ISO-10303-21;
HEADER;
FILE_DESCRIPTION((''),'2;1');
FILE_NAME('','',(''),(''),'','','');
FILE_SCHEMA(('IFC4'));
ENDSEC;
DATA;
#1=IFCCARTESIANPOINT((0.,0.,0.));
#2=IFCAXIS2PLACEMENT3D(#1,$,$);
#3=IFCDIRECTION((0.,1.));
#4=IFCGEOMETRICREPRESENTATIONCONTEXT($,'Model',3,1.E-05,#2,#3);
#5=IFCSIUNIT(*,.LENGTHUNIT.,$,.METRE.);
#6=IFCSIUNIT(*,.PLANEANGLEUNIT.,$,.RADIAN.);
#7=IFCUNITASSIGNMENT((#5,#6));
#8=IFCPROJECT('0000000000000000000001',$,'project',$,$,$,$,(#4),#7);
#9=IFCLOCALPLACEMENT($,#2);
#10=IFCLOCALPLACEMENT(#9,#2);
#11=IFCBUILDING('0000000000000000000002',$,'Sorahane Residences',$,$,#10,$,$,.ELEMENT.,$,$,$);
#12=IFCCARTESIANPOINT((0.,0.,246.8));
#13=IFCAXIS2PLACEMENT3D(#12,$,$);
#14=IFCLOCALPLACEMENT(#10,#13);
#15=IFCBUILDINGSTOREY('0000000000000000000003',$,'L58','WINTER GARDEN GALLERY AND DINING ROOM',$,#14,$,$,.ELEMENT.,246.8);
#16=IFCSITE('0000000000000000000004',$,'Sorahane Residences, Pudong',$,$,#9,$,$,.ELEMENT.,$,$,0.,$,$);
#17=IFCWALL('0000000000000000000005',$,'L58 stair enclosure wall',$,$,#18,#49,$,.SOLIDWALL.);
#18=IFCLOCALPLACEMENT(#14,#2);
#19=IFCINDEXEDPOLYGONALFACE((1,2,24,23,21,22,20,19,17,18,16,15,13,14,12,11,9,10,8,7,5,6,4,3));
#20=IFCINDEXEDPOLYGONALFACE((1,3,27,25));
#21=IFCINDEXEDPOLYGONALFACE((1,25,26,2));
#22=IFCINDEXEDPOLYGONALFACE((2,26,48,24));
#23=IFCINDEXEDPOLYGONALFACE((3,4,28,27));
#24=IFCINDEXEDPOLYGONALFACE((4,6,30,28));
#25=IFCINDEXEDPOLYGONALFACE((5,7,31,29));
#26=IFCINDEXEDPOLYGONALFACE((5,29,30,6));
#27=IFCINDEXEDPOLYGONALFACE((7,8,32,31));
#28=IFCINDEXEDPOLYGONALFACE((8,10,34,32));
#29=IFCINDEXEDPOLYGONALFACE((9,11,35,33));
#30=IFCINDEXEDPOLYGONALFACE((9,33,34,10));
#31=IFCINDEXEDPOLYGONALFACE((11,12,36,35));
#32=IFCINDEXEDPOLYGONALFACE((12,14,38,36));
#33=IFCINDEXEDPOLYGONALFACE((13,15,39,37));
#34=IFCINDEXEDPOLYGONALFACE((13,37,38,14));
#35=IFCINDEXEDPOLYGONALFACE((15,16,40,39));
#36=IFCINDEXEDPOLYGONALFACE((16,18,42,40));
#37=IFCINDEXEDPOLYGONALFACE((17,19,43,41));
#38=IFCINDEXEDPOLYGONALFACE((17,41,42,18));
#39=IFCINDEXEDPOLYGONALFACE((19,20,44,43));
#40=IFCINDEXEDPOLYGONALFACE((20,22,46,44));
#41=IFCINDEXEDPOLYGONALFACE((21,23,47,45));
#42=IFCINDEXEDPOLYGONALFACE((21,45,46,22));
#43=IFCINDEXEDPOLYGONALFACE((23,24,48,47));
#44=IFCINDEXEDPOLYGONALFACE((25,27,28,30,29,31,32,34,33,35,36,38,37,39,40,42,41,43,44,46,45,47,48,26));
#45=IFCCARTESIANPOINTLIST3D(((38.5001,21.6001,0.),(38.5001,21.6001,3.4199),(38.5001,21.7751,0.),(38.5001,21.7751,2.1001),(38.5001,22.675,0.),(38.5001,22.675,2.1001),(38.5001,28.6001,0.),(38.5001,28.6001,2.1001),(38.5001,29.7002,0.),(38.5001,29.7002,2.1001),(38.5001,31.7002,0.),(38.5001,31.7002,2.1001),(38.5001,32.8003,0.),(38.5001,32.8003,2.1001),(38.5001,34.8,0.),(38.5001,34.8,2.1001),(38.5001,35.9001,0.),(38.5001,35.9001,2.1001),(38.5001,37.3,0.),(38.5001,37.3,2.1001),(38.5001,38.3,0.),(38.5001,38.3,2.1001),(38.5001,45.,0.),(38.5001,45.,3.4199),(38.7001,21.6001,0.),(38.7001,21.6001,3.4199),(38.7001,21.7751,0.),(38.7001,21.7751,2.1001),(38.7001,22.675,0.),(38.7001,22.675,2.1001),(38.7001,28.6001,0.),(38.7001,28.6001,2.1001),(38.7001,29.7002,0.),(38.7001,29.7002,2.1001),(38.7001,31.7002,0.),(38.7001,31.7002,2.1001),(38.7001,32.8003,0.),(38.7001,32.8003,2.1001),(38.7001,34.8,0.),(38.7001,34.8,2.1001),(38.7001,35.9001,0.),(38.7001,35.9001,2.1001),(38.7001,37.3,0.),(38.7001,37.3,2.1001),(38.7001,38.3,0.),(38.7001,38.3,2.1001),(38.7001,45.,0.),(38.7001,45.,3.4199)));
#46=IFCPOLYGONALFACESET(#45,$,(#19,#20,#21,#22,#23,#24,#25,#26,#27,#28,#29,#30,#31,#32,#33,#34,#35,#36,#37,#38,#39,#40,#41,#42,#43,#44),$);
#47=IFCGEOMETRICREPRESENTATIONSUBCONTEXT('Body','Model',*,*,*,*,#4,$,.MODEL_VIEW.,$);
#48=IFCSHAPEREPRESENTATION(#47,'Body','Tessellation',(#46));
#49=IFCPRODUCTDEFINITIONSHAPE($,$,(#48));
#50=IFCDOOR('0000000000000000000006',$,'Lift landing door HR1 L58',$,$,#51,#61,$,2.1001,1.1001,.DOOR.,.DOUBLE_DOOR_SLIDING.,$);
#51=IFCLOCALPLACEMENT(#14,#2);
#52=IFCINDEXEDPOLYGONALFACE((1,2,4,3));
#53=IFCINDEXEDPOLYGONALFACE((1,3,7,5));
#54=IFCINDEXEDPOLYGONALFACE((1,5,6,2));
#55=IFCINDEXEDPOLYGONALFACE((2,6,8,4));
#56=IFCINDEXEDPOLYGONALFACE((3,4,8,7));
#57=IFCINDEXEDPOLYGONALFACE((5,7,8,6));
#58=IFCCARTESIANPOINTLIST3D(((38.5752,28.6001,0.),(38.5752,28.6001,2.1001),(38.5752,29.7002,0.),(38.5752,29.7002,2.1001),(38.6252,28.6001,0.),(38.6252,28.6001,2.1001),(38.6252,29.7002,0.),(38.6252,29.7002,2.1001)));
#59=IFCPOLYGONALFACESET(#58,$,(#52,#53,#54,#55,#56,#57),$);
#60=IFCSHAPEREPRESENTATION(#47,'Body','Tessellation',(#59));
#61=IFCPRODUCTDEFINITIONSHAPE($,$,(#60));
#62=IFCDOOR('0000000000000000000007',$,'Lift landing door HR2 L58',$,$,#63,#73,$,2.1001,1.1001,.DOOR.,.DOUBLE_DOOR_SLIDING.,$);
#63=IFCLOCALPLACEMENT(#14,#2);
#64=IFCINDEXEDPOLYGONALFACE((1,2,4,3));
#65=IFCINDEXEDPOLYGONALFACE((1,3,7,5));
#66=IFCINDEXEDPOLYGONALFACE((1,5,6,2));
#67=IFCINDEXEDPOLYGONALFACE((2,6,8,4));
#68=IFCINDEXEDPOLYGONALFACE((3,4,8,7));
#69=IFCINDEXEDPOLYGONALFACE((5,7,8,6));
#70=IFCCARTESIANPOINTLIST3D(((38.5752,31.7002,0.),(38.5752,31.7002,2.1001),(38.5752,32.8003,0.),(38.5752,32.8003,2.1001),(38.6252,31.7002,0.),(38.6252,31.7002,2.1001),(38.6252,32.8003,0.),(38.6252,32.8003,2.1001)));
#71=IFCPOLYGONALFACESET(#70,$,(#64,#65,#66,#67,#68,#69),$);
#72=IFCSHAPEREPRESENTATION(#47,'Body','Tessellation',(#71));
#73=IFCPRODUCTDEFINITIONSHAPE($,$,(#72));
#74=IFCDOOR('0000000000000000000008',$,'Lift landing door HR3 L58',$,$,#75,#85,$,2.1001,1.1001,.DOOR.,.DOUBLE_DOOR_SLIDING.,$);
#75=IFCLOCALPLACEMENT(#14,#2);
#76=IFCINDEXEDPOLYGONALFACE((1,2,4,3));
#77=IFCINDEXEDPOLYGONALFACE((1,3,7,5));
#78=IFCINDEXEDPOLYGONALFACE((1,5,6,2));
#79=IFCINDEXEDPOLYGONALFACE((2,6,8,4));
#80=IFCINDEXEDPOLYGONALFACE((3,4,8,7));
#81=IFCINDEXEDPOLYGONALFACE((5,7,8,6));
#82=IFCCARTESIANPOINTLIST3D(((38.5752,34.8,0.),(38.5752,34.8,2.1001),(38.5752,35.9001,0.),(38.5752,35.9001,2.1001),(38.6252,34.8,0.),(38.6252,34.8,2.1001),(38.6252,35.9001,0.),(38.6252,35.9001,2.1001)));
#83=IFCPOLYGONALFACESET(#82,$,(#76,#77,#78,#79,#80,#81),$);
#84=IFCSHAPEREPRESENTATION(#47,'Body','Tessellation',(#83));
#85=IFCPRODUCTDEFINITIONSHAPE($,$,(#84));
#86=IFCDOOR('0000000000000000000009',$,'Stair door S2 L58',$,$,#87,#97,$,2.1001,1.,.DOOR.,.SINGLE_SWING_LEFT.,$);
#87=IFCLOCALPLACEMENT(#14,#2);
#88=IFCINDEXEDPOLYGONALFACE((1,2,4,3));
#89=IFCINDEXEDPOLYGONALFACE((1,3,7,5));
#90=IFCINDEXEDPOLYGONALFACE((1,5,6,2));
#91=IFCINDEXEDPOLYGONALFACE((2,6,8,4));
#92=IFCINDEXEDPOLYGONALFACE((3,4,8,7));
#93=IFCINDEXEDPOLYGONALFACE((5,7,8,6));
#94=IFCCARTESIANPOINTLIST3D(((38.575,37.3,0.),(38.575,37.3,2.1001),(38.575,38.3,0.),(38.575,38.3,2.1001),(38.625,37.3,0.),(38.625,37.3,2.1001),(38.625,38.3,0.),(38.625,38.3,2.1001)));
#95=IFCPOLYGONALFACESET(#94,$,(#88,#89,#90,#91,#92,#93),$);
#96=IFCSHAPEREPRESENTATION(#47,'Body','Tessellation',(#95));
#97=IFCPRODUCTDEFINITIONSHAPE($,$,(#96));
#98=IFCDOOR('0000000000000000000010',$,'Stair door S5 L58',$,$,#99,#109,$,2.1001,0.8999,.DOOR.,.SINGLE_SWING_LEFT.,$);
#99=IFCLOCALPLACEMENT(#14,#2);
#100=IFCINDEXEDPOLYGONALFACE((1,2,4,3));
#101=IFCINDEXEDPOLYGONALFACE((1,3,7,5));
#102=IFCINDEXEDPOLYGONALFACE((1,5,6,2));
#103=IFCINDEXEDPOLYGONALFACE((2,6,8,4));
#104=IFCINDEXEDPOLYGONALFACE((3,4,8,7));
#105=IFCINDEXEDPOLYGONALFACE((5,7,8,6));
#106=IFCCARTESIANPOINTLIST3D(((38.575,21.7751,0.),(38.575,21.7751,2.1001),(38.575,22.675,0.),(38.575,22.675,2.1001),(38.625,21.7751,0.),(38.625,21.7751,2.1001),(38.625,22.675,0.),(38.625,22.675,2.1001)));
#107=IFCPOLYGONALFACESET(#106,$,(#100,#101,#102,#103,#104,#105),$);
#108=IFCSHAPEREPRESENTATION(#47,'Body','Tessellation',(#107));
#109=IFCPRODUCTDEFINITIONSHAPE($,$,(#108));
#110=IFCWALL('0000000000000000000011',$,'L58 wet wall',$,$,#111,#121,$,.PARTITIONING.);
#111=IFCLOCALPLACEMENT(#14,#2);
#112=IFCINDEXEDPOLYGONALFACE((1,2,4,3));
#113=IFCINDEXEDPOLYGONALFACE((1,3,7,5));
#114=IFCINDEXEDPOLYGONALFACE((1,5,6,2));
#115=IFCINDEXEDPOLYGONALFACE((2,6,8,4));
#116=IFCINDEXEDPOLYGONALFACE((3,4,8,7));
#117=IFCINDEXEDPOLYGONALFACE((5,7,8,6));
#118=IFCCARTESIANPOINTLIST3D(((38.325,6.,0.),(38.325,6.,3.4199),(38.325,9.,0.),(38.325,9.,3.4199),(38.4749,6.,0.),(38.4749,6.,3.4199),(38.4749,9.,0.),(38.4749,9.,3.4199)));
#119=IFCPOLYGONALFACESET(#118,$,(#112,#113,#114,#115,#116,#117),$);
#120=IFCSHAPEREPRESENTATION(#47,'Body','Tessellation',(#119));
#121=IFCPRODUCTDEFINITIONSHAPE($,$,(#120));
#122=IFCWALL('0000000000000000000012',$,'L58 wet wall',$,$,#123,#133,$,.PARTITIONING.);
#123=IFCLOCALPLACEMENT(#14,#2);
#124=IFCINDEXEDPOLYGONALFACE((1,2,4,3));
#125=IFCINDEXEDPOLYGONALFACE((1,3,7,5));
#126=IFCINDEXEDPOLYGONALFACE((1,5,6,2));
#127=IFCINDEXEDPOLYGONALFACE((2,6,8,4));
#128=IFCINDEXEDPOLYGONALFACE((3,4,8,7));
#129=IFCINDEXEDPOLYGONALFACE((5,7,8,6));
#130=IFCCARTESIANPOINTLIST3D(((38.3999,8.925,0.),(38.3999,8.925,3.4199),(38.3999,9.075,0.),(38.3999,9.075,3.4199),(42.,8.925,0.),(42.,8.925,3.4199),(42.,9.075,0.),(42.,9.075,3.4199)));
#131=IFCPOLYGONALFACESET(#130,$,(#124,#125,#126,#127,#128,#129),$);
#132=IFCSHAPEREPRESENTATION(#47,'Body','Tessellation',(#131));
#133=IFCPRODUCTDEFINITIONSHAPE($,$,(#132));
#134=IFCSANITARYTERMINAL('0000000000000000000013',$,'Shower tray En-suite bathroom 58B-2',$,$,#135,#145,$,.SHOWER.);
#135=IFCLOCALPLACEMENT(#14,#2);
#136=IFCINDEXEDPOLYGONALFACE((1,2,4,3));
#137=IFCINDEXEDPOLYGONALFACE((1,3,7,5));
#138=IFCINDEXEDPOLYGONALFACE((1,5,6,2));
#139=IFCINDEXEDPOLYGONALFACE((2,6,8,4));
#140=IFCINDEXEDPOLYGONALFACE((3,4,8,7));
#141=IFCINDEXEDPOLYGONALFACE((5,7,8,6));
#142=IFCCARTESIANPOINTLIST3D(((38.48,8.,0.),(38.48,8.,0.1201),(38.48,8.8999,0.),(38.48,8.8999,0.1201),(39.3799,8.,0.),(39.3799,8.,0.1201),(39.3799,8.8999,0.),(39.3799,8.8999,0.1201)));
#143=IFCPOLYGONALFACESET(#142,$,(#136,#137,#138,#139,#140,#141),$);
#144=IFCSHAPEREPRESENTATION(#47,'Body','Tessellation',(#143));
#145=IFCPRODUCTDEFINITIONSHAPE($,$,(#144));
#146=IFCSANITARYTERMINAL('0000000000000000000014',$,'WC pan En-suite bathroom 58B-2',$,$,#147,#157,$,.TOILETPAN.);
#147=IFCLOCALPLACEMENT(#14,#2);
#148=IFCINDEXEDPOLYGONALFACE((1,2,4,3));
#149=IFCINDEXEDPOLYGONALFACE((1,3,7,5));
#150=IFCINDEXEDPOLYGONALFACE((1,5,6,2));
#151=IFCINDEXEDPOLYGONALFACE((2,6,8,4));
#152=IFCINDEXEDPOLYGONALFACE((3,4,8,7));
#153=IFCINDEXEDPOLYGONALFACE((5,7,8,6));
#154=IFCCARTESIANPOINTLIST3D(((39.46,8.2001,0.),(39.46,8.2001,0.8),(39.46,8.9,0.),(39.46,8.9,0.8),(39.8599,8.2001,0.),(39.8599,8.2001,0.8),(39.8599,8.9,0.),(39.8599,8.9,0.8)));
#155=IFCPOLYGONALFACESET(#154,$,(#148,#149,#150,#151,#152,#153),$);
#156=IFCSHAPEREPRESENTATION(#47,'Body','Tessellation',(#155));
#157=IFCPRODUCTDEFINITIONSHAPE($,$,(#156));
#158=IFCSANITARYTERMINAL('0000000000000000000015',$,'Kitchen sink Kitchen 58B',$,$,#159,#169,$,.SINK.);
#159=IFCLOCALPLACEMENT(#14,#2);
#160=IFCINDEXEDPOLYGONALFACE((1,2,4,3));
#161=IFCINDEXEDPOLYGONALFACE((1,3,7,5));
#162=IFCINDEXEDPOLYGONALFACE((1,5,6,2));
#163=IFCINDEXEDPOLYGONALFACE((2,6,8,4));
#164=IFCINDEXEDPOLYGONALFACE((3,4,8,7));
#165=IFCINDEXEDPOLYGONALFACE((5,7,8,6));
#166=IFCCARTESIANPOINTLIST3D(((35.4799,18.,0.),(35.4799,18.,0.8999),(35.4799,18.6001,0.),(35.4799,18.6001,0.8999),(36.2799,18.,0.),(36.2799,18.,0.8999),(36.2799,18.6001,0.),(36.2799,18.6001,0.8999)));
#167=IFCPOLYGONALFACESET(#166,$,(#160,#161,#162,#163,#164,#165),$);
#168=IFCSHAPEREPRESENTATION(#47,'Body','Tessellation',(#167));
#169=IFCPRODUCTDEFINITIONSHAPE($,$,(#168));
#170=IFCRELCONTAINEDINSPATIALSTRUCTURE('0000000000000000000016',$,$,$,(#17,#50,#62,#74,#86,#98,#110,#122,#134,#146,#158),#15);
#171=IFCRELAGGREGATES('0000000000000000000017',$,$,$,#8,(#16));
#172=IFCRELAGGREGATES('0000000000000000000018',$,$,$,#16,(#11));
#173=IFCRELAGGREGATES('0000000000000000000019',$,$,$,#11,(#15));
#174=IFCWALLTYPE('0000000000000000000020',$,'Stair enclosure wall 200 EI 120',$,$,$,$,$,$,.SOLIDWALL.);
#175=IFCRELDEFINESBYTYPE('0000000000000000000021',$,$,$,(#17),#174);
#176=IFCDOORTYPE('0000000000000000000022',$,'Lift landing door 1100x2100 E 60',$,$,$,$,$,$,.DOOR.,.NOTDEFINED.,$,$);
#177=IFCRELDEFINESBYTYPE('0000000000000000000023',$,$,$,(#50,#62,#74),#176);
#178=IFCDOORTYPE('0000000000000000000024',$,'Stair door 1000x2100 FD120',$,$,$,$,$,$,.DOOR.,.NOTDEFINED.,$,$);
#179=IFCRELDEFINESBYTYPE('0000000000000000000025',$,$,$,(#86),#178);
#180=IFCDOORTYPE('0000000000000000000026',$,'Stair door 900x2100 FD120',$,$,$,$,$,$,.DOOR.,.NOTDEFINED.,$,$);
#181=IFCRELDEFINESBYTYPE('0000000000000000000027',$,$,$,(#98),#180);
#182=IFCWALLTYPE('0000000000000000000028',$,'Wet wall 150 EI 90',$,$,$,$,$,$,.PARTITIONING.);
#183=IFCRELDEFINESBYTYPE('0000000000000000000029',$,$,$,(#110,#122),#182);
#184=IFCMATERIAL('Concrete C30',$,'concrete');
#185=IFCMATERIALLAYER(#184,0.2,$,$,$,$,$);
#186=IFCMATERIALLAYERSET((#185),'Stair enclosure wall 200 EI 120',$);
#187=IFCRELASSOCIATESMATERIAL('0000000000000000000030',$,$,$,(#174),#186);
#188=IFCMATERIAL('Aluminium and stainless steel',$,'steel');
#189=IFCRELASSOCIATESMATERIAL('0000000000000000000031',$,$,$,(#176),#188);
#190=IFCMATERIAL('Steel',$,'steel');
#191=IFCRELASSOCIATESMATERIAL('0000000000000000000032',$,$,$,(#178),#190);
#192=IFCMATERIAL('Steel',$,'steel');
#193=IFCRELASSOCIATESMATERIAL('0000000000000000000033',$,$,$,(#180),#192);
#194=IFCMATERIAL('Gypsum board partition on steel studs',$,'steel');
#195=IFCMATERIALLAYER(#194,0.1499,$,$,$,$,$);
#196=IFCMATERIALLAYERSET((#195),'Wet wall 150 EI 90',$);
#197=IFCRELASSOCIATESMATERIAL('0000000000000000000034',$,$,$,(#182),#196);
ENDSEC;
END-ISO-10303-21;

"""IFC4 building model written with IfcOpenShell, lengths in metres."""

from ifc_helpers import new_model, si_unit, direction, frame, frame_2d, origin, origin_2d, place, context, subcontext, project, spatial, rectangle, extrude, material, layer, layer_set, type_object, element, fill, save


model = new_model("IFC4")

# Units and contexts
model_context = context("Model", 3, precision=1e-05, world=origin(), true_north=direction((0.0, 1.0)))
body_context = subcontext(model_context, "Body", "Model", "MODEL_VIEW")
ifc_project = project(units=[si_unit("LENGTHUNIT", "METRE"), si_unit("PLANEANGLEUNIT", "RADIAN")], contexts=[model_context])

# Site, building, storey
site_placement = place(None, origin())
site = spatial("IfcSite", under=ifc_project, at=site_placement, Name="Sorahane Residences, Pudong", CompositionType="ELEMENT", RefElevation=0.0)
building_placement = place(site_placement, origin())
building = spatial("IfcBuilding", under=site, at=building_placement, Name="Sorahane Residences", CompositionType="ELEMENT")
storey_placement = place(building_placement, frame((0.0, 0.0, 246.8)))
storey = spatial("IfcBuildingStorey", under=building, at=storey_placement, Name="L58", Description="WINTER GARDEN GALLERY AND DINING ROOM", CompositionType="ELEMENT", Elevation=246.8)

# Wall, openings, doors
ifc_material_1 = material(Name="Concrete C30", Category="concrete")
ifc_layer_1 = layer(ifc_material_1, 0.2)
ifc_layer_set_1 = layer_set([ifc_layer_1], Name="Stair enclosure wall 200 EI 120")
wall_type_1 = type_object("IfcWallType", Name="Stair enclosure wall 200 EI 120", PredefinedType="SOLIDWALL", material=ifc_layer_set_1)
wall_1_placement = place(storey_placement, frame((38.6001, 21.6001, 0.0), z_axis=(0.0, 0.0, 1.0), x_axis=(0.0, 1.0, 0.0)))
wall_1 = element("IfcWall", 1, at=wall_1_placement, inside=storey, type_object=wall_type_1, Name="L58 stair enclosure wall", PredefinedType="SOLIDWALL", context=body_context, shape_type="SweptSolid", body=[
    extrude(rectangle(XDim=23.3999, YDim=0.2, at=frame_2d((11.7, 0.0))), origin(), (0.0, 0.0, 1.0), 3.4199),
])
opening_1_placement = place(wall_1_placement, frame((7.0, 0.0, 0.0)))
opening_1 = element("IfcOpeningElement", 2, at=opening_1_placement, cuts=wall_1, PredefinedType="OPENING", context=body_context, shape_type="SweptSolid", body=[
    extrude(rectangle(XDim=1.1001, YDim=2.1001, at=frame_2d((0.55, 1.05))), frame((0.0, 0.1099, 0.0), z_axis=(0.0, -1.0, 0.0), x_axis=(1.0, 0.0, 0.0)), (0.0, 0.0, 1.0), 0.22),
])
opening_2_placement = place(wall_1_placement, frame((10.1001, 0.0, 0.0)))
opening_2 = element("IfcOpeningElement", 3, at=opening_2_placement, cuts=wall_1, PredefinedType="OPENING", context=body_context, shape_type="SweptSolid", body=[
    extrude(rectangle(XDim=1.1001, YDim=2.1001, at=frame_2d((0.55, 1.05))), frame((0.0, 0.1099, 0.0), z_axis=(0.0, -1.0, 0.0), x_axis=(1.0, 0.0, 0.0)), (0.0, 0.0, 1.0), 0.22),
])
opening_3_placement = place(wall_1_placement, frame((13.2, 0.0, 0.0)))
opening_3 = element("IfcOpeningElement", 4, at=opening_3_placement, cuts=wall_1, PredefinedType="OPENING", context=body_context, shape_type="SweptSolid", body=[
    extrude(rectangle(XDim=1.1001, YDim=2.1001, at=frame_2d((0.55, 1.05))), frame((0.0, 0.1099, 0.0), z_axis=(0.0, -1.0, 0.0), x_axis=(1.0, 0.0, 0.0)), (0.0, 0.0, 1.0), 0.22),
])
opening_4_placement = place(wall_1_placement, frame((15.7, 0.0, 0.0)))
opening_4 = element("IfcOpeningElement", 5, at=opening_4_placement, cuts=wall_1, PredefinedType="OPENING", context=body_context, shape_type="SweptSolid", body=[
    extrude(rectangle(XDim=1.0, YDim=2.1001, at=frame_2d((0.5, 1.05))), frame((0.0, 0.1099, 0.0), z_axis=(0.0, -1.0, 0.0), x_axis=(1.0, 0.0, 0.0)), (0.0, 0.0, 1.0), 0.22),
])
opening_5_placement = place(wall_1_placement, frame((0.175, 0.0, 0.0)))
opening_5 = element("IfcOpeningElement", 6, at=opening_5_placement, cuts=wall_1, PredefinedType="OPENING", context=body_context, shape_type="SweptSolid", body=[
    extrude(rectangle(XDim=0.8999, YDim=2.1001, at=frame_2d((0.45, 1.05))), frame((0.0, 0.1099, 0.0), z_axis=(0.0, -1.0, 0.0), x_axis=(1.0, 0.0, 0.0)), (0.0, 0.0, 1.0), 0.22),
])
ifc_material_2 = material(Name="Aluminium and stainless steel", Category="steel")
door_type_1 = type_object("IfcDoorType", Name="Lift landing door 1100x2100 E 60", OperationType="NOTDEFINED", PredefinedType="DOOR", material=ifc_material_2)
door_1_placement = place(opening_1_placement, origin())
door_1 = element("IfcDoor", 7, at=door_1_placement, inside=storey, type_object=door_type_1, Name="Lift landing door HR1 L58", OperationType="DOUBLE_DOOR_SLIDING", OverallHeight=2.1001, OverallWidth=1.1001, PredefinedType="DOOR", context=body_context, shape_type="SweptSolid", body=[
    extrude(rectangle(XDim=1.1001, YDim=2.1001, at=frame_2d((0.55, 1.05))), frame((0.0, 0.0249, 0.0), z_axis=(0.0, -1.0, 0.0), x_axis=(1.0, 0.0, 0.0)), (0.0, 0.0, 1.0), 0.05),
])
fill(opening_1, door_1)
door_2_placement = place(opening_2_placement, origin())
door_2 = element("IfcDoor", 8, at=door_2_placement, inside=storey, type_object=door_type_1, Name="Lift landing door HR2 L58", OperationType="DOUBLE_DOOR_SLIDING", OverallHeight=2.1001, OverallWidth=1.1001, PredefinedType="DOOR", context=body_context, shape_type="SweptSolid", body=[
    extrude(rectangle(XDim=1.1001, YDim=2.1001, at=frame_2d((0.55, 1.05))), frame((0.0, 0.0249, 0.0), z_axis=(0.0, -1.0, 0.0), x_axis=(1.0, 0.0, 0.0)), (0.0, 0.0, 1.0), 0.05),
])
fill(opening_2, door_2)
door_3_placement = place(opening_3_placement, origin())
door_3 = element("IfcDoor", 9, at=door_3_placement, inside=storey, type_object=door_type_1, Name="Lift landing door HR3 L58", OperationType="DOUBLE_DOOR_SLIDING", OverallHeight=2.1001, OverallWidth=1.1001, PredefinedType="DOOR", context=body_context, shape_type="SweptSolid", body=[
    extrude(rectangle(XDim=1.1001, YDim=2.1001, at=frame_2d((0.55, 1.05))), frame((0.0, 0.0249, 0.0), z_axis=(0.0, -1.0, 0.0), x_axis=(1.0, 0.0, 0.0)), (0.0, 0.0, 1.0), 0.05),
])
fill(opening_3, door_3)
ifc_material_3 = material(Name="Steel", Category="steel")
door_type_2 = type_object("IfcDoorType", Name="Stair door 1000x2100 FD120", OperationType="NOTDEFINED", PredefinedType="DOOR", material=ifc_material_3)
door_4_placement = place(opening_4_placement, frame((1.0, 0.0, 0.0), z_axis=(0.0, 0.0, 1.0), x_axis=(-1.0, 0.0, 0.0)))
door_4 = element("IfcDoor", 10, at=door_4_placement, inside=storey, type_object=door_type_2, Name="Stair door S2 L58", OperationType="SINGLE_SWING_LEFT", OverallHeight=2.1001, OverallWidth=1.0, PredefinedType="DOOR", context=body_context, shape_type="SweptSolid", body=[
    extrude(rectangle(XDim=1.0, YDim=2.1001, at=frame_2d((0.5, 1.05))), frame((0.0, 0.0249, 0.0), z_axis=(0.0, -1.0, 0.0), x_axis=(1.0, 0.0, 0.0)), (0.0, 0.0, 1.0), 0.05),
])
fill(opening_4, door_4)
ifc_material_4 = material(Name="Steel", Category="steel")
door_type_3 = type_object("IfcDoorType", Name="Stair door 900x2100 FD120", OperationType="NOTDEFINED", PredefinedType="DOOR", material=ifc_material_4)
door_5_placement = place(opening_5_placement, frame((0.8999, 0.0, 0.0), z_axis=(0.0, 0.0, 1.0), x_axis=(-1.0, 0.0, 0.0)))
door_5 = element("IfcDoor", 11, at=door_5_placement, inside=storey, type_object=door_type_3, Name="Stair door S5 L58", OperationType="SINGLE_SWING_LEFT", OverallHeight=2.1001, OverallWidth=0.8999, PredefinedType="DOOR", context=body_context, shape_type="SweptSolid", body=[
    extrude(rectangle(XDim=0.8999, YDim=2.1001, at=frame_2d((0.45, 1.05))), frame((0.0, 0.0249, 0.0), z_axis=(0.0, -1.0, 0.0), x_axis=(1.0, 0.0, 0.0)), (0.0, 0.0, 1.0), 0.05),
])
fill(opening_5, door_5)

# Wall
ifc_material_5 = material(Name="Gypsum board partition on steel studs", Category="steel")
ifc_layer_2 = layer(ifc_material_5, 0.1499)
ifc_layer_set_2 = layer_set([ifc_layer_2], Name="Wet wall 150 EI 90")
wall_type_2 = type_object("IfcWallType", Name="Wet wall 150 EI 90", PredefinedType="PARTITIONING", material=ifc_layer_set_2)
wall_2_placement = place(storey_placement, frame((38.3999, 6.0, 0.0), z_axis=(0.0, 0.0, 1.0), x_axis=(0.0, 1.0, 0.0)))
element("IfcWall", 12, at=wall_2_placement, inside=storey, type_object=wall_type_2, Name="L58 wet wall", PredefinedType="PARTITIONING", context=body_context, shape_type="SweptSolid", body=[
    extrude(rectangle(XDim=3.0, YDim=0.1499, at=frame_2d((1.5, 0.0))), origin(), (0.0, 0.0, 1.0), 3.4199),
])

# Wall
wall_3_placement = place(storey_placement, frame((38.3999, 9.0, 0.0), z_axis=(0.0, 0.0, 1.0), x_axis=(1.0, 0.0, 0.0)))
element("IfcWall", 13, at=wall_3_placement, inside=storey, type_object=wall_type_2, Name="L58 wet wall", PredefinedType="PARTITIONING", context=body_context, shape_type="SweptSolid", body=[
    extrude(rectangle(XDim=3.6001, YDim=0.1499, at=frame_2d((1.8, 0.0))), origin(), (0.0, 0.0, 1.0), 3.4199),
])

# Sanitary terminals
sanitary_terminal_1_placement = place(storey_placement, frame((38.9299, 8.45, 0.0), z_axis=(0.0, 0.0, 1.0), x_axis=(1.0, 0.0, 0.0)))
element("IfcSanitaryTerminal", 14, at=sanitary_terminal_1_placement, inside=storey, Name="Shower tray En-suite bathroom 58B-2", PredefinedType="SHOWER", context=body_context, shape_type="SweptSolid", body=[
    extrude(rectangle(XDim=0.8999, YDim=0.8999, at=origin_2d()), origin(), (0.0, 0.0, 1.0), 0.1201),
])
sanitary_terminal_2_placement = place(storey_placement, frame((39.6599, 8.55, 0.0), z_axis=(0.0, 0.0, 1.0), x_axis=(1.0, 0.0, 0.0)))
element("IfcSanitaryTerminal", 15, at=sanitary_terminal_2_placement, inside=storey, Name="WC pan En-suite bathroom 58B-2", PredefinedType="TOILETPAN", context=body_context, shape_type="SweptSolid", body=[
    extrude(rectangle(XDim=0.3999, YDim=0.7, at=origin_2d()), origin(), (0.0, 0.0, 1.0), 0.8),
])
sanitary_terminal_3_placement = place(storey_placement, frame((35.8799, 18.3, 0.0), z_axis=(0.0, 0.0, 1.0), x_axis=(1.0, 0.0, 0.0)))
element("IfcSanitaryTerminal", 16, at=sanitary_terminal_3_placement, inside=storey, Name="Kitchen sink Kitchen 58B", PredefinedType="SINK", context=body_context, shape_type="SweptSolid", body=[
    extrude(rectangle(XDim=0.8, YDim=0.6001, at=origin_2d()), origin(), (0.0, 0.0, 1.0), 0.8999),
])

save(model, "model.ifc")
